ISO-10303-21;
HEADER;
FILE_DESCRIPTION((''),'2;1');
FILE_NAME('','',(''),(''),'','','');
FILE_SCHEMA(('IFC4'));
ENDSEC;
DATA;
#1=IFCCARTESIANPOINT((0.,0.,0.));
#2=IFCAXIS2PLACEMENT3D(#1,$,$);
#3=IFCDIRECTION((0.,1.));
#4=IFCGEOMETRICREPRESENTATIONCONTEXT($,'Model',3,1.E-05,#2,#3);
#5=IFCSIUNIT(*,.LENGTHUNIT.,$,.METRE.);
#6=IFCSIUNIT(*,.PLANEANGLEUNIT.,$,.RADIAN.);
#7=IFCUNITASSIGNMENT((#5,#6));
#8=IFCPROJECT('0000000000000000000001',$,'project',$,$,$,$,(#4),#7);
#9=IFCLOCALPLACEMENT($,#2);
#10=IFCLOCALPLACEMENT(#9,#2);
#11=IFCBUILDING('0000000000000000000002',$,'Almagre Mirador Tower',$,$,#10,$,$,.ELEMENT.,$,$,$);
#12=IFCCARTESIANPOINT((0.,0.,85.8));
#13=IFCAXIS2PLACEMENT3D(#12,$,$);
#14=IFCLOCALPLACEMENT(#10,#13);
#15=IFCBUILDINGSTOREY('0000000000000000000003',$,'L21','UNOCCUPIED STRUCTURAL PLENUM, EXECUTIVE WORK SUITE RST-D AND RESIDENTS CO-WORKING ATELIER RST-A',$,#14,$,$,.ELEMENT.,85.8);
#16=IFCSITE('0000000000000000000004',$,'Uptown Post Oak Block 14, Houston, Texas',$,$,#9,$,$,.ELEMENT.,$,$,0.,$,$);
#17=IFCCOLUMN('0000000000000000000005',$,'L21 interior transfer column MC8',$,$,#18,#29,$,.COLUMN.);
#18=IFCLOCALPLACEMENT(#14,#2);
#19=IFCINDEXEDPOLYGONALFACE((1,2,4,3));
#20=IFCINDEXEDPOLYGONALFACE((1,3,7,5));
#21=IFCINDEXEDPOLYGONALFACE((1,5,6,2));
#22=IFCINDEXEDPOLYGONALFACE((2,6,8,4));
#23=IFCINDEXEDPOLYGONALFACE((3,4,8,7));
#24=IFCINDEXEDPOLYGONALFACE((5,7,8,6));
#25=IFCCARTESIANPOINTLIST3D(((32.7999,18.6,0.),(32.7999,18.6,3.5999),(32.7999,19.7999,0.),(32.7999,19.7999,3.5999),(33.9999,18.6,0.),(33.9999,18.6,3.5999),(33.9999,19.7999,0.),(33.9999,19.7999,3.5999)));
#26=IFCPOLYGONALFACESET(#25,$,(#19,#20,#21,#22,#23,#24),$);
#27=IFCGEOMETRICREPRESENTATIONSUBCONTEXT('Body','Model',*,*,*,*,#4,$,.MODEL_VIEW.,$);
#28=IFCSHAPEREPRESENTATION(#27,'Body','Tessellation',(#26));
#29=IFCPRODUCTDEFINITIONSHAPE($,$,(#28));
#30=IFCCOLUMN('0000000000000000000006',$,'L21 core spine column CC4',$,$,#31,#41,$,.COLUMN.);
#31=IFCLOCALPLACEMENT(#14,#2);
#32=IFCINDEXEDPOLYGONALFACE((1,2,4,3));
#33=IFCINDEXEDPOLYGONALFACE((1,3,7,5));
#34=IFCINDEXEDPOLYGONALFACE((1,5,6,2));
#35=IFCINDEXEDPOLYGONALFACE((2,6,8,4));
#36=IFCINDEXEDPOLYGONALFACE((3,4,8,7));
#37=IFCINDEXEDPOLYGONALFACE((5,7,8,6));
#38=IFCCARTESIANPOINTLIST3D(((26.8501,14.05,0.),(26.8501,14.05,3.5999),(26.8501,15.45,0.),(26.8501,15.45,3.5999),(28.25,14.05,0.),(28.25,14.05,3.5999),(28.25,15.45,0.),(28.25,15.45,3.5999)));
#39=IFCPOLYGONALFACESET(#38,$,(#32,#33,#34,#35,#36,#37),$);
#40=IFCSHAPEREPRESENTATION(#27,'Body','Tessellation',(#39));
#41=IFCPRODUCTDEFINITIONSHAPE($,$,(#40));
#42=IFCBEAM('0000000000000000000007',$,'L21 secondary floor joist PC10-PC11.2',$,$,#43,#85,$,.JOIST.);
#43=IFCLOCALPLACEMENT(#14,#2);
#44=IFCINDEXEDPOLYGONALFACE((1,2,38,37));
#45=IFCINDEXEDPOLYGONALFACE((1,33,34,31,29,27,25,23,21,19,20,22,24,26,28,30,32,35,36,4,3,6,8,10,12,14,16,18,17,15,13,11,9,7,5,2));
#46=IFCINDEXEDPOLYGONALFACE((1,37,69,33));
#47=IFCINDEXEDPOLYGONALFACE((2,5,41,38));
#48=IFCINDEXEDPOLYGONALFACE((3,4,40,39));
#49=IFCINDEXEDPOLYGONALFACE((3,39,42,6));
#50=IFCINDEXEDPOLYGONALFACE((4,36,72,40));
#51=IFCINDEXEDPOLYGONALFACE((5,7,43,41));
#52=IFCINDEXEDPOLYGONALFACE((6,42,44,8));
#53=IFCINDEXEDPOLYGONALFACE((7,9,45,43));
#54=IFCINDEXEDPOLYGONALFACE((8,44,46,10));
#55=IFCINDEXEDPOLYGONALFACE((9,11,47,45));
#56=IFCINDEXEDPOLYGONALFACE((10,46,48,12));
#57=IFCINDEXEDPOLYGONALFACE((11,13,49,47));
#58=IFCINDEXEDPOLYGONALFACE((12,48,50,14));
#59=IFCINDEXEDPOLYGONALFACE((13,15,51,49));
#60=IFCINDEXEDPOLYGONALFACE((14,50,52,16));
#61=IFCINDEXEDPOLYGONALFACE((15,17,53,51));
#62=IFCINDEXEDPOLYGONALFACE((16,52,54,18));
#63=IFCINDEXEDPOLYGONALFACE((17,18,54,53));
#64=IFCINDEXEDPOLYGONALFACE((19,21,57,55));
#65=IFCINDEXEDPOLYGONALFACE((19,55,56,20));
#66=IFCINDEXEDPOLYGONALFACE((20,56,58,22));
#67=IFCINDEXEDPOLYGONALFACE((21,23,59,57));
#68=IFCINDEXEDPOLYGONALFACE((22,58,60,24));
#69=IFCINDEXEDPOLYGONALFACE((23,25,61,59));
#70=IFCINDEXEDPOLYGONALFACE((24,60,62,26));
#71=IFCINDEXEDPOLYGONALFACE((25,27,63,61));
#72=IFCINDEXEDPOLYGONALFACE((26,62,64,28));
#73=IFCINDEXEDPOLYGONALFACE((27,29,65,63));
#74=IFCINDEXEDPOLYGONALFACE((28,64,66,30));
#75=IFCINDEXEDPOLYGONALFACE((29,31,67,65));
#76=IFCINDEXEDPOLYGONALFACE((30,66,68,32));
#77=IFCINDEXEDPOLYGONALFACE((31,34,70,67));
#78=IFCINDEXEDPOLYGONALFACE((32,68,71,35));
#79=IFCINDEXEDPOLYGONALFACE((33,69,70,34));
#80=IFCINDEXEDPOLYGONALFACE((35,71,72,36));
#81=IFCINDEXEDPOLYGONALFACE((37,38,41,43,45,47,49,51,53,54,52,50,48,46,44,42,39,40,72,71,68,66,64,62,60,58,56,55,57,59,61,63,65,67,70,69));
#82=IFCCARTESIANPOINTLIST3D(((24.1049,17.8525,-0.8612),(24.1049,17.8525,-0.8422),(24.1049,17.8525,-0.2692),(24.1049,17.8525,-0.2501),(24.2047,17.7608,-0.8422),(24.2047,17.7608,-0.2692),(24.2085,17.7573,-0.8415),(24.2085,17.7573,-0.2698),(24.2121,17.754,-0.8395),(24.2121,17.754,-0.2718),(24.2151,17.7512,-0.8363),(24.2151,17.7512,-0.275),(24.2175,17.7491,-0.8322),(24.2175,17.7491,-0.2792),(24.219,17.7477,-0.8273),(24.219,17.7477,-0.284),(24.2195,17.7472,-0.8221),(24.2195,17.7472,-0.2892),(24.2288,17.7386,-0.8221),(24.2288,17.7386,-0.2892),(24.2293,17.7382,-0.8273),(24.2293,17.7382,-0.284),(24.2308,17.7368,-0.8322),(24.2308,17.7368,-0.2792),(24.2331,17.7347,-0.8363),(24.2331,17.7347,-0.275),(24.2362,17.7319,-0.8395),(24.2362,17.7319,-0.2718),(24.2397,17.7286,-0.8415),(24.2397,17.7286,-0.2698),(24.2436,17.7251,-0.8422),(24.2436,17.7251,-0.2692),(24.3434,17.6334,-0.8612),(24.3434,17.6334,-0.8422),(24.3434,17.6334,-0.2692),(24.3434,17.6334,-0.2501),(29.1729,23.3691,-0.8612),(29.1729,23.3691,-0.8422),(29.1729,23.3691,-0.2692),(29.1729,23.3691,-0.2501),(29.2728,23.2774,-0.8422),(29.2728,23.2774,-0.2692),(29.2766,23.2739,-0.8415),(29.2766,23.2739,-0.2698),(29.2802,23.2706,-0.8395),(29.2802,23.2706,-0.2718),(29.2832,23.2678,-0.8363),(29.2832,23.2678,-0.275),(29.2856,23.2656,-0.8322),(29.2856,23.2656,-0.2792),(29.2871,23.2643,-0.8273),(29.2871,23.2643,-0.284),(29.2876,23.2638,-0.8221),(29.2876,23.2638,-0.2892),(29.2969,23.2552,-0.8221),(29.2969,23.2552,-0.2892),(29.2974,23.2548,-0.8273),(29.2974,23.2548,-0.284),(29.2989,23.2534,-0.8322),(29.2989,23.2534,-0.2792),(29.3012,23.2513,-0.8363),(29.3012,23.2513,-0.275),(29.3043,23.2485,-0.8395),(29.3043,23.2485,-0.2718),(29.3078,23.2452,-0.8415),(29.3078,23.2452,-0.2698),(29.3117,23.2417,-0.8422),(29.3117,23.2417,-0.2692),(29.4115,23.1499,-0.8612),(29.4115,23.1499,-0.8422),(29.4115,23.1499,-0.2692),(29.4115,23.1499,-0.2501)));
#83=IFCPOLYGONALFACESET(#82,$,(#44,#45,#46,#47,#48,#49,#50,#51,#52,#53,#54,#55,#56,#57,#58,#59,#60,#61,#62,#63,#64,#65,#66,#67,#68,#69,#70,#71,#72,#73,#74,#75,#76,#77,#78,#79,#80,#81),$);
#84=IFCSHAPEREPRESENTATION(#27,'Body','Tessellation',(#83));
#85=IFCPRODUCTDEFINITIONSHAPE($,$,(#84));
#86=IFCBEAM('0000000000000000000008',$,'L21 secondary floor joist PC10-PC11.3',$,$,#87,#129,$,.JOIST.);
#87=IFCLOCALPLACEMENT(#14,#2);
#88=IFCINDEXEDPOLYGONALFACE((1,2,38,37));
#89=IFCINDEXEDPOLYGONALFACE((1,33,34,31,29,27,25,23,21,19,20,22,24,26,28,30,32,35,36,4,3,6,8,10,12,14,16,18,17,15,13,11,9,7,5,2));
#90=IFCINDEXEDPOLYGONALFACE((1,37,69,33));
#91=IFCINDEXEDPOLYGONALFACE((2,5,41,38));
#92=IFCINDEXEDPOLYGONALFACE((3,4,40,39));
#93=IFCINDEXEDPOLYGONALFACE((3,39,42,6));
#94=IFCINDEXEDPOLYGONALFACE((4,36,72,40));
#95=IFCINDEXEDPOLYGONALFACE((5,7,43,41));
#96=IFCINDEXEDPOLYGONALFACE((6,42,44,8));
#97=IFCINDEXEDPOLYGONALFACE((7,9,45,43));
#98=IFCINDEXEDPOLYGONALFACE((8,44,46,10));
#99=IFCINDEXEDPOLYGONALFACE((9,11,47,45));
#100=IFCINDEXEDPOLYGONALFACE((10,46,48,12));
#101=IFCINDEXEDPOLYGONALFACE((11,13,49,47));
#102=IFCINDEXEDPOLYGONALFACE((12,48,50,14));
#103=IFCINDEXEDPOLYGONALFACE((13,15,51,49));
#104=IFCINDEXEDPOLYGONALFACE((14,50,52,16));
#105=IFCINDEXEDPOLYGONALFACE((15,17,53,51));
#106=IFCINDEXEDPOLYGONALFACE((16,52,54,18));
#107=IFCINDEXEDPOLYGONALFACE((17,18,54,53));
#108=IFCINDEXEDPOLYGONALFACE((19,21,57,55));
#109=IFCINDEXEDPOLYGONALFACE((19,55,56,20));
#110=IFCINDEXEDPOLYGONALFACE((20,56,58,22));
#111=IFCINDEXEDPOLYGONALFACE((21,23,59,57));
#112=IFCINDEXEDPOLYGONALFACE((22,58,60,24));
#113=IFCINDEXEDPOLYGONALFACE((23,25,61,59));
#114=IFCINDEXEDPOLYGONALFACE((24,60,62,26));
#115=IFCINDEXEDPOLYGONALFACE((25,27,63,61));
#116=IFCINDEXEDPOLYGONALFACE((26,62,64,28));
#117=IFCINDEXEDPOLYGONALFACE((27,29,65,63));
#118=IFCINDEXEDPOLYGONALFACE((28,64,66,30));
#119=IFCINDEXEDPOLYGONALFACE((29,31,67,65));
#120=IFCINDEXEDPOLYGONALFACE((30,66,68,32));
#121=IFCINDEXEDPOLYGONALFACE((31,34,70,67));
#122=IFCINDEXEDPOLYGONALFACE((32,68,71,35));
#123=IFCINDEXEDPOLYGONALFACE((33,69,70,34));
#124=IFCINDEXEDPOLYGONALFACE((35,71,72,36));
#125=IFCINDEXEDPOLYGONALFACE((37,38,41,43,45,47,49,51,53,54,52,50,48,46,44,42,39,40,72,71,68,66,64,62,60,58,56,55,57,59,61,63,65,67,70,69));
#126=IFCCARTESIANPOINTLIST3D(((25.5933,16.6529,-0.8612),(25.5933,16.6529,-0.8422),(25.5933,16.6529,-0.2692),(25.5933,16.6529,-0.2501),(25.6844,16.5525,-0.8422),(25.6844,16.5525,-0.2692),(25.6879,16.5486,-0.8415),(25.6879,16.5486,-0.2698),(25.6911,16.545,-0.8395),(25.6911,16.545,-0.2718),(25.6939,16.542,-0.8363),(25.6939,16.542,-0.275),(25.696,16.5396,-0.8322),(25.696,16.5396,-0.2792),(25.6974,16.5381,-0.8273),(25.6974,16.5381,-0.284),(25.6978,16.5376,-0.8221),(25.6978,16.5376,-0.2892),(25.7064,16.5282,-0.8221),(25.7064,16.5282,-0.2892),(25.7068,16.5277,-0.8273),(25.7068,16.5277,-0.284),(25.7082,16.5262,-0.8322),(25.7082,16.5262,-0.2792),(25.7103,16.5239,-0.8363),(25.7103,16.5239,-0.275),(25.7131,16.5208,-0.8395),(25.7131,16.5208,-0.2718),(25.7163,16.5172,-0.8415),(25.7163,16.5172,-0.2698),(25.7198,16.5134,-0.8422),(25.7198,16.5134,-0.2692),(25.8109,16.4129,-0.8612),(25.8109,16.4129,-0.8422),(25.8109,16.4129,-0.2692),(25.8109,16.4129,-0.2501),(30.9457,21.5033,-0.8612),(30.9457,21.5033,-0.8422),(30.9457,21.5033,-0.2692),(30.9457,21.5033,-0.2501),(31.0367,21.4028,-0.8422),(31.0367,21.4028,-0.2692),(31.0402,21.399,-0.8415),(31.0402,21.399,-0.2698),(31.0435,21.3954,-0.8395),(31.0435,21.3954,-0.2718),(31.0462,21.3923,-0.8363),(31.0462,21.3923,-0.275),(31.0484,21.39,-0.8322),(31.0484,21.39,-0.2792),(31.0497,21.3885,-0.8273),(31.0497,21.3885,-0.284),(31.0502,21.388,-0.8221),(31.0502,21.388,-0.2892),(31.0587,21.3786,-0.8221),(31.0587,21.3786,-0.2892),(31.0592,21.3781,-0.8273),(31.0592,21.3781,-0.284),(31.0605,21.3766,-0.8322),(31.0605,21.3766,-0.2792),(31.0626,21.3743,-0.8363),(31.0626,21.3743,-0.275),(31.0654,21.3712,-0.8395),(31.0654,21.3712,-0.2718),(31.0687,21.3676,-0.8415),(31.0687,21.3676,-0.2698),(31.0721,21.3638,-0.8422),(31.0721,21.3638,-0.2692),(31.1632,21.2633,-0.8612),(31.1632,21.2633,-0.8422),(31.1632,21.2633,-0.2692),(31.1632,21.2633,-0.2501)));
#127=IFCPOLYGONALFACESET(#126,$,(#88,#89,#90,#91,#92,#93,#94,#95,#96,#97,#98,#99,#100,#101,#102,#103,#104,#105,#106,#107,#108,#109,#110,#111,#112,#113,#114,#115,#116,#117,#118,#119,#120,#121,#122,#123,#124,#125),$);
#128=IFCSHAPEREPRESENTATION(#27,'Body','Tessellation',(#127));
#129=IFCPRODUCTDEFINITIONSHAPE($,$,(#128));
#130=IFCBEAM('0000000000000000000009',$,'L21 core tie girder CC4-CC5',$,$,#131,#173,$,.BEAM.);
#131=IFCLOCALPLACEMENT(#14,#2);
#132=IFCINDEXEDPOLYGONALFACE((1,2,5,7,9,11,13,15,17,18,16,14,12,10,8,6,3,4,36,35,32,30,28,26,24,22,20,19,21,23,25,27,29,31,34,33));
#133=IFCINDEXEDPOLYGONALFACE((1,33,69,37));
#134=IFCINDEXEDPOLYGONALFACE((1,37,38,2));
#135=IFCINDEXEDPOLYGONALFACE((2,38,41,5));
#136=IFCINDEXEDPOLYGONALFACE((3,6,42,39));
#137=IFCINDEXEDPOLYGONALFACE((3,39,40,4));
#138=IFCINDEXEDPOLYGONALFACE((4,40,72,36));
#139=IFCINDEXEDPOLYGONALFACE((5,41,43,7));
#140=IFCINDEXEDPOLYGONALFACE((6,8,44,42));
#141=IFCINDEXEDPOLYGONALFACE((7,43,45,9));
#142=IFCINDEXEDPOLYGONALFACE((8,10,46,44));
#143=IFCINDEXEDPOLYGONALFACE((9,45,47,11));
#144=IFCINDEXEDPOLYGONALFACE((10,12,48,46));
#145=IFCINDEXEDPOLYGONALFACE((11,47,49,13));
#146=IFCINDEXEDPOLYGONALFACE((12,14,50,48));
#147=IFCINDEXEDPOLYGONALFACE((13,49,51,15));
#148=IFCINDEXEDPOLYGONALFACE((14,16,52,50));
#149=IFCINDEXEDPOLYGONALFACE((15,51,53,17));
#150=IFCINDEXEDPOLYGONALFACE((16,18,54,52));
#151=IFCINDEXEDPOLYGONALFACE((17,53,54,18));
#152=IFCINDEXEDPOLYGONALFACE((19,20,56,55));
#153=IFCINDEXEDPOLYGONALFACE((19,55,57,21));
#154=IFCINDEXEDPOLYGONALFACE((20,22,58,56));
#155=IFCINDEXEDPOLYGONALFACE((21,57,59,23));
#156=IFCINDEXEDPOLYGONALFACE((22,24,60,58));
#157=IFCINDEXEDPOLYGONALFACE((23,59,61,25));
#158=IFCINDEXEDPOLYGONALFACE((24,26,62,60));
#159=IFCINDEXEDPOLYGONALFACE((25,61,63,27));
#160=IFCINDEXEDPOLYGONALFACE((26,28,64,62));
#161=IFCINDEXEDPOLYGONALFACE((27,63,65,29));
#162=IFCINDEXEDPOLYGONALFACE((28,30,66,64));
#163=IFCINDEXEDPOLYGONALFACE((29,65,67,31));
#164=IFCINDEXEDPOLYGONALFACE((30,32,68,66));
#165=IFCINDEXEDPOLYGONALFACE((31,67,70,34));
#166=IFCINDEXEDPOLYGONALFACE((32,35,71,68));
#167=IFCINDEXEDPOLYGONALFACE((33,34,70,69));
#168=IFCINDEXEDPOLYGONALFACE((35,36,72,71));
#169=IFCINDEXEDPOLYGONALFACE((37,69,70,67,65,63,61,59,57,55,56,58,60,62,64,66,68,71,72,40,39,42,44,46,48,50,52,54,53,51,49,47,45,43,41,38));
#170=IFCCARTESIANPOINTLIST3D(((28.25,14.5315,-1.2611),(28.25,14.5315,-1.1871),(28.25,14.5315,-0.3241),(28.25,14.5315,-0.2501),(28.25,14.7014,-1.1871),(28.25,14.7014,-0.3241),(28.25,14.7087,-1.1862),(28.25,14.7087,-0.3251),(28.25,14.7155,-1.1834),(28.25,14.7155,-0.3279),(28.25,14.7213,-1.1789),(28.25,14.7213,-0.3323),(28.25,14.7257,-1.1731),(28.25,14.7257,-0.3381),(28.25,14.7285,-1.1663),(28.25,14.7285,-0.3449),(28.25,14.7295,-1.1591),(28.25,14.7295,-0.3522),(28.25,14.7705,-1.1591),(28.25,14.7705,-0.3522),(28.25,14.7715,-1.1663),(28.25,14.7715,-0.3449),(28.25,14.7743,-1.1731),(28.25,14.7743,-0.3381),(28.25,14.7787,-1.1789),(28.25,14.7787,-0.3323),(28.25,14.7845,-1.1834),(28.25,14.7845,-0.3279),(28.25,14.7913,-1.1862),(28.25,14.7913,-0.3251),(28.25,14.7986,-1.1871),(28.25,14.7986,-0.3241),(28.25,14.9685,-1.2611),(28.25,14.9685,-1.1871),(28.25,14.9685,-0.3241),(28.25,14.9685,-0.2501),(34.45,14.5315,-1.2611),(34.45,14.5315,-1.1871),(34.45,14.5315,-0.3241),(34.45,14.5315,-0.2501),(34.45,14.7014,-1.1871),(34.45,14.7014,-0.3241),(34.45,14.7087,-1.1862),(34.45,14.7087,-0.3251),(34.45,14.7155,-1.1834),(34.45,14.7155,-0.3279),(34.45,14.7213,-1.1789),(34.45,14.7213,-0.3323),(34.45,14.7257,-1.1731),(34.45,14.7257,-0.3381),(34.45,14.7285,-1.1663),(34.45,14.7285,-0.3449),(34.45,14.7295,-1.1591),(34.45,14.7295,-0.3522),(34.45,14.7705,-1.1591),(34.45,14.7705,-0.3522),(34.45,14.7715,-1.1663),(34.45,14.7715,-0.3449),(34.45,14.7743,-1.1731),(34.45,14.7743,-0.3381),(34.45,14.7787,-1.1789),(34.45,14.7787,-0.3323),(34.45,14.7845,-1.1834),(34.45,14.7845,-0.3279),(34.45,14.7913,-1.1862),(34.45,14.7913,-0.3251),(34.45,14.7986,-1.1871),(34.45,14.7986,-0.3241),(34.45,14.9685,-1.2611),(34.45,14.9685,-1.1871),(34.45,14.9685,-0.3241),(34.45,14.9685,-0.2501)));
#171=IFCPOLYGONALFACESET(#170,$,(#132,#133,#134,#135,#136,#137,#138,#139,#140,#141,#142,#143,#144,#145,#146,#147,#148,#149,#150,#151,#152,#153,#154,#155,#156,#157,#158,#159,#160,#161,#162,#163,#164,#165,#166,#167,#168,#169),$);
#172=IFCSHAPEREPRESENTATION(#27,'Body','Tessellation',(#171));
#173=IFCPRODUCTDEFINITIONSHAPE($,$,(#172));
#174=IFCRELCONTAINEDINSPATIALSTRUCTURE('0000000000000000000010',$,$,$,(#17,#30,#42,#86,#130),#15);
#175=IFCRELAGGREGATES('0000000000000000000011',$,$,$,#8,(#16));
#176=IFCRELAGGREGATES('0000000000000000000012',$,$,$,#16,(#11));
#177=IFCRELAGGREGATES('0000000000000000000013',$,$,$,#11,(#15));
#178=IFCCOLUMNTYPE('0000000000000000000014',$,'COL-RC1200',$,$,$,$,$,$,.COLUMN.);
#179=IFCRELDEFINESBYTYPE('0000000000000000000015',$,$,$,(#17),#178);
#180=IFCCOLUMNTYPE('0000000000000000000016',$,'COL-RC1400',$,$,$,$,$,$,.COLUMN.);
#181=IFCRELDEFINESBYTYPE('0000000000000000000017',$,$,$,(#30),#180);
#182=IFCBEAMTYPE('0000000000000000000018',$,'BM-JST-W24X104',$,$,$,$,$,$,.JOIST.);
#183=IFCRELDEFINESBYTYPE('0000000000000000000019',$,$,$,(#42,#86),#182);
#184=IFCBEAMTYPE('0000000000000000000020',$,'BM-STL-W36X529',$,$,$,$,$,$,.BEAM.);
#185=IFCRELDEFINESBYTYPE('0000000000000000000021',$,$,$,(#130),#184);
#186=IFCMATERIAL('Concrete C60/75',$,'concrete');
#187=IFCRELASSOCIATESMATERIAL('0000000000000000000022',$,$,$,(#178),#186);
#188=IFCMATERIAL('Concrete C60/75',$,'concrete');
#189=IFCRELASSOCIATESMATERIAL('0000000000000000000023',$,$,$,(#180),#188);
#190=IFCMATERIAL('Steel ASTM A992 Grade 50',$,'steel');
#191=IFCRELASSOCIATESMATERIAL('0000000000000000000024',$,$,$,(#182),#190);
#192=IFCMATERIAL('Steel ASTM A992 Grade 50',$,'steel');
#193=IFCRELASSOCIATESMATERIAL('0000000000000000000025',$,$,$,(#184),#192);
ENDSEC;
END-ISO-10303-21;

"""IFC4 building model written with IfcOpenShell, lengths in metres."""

from ifc_helpers import new_model, si_unit, direction, frame, origin, origin_2d, place, context, subcontext, project, spatial, rectangle, i_section, extrude, material, material_profile, profile_set, type_object, element, save


model = new_model("IFC4")

# Units and contexts
model_context = context("Model", 3, precision=1e-05, world=origin(), true_north=direction((0.0, 1.0)))
body_context = subcontext(model_context, "Body", "Model", "MODEL_VIEW")
ifc_project = project(units=[si_unit("LENGTHUNIT", "METRE"), si_unit("PLANEANGLEUNIT", "RADIAN")], contexts=[model_context])

# Site, building, storey
site_placement = place(None, origin())
site = spatial("IfcSite", under=ifc_project, at=site_placement, Name="Uptown Post Oak Block 14, Houston, Texas", CompositionType="ELEMENT", RefElevation=0.0)
building_placement = place(site_placement, origin())
building = spatial("IfcBuilding", under=site, at=building_placement, Name="Almagre Mirador Tower", CompositionType="ELEMENT")
storey_placement = place(building_placement, frame((0.0, 0.0, 85.8)))
storey = spatial("IfcBuildingStorey", under=building, at=storey_placement, Name="L21", Description="UNOCCUPIED STRUCTURAL PLENUM, EXECUTIVE WORK SUITE RST-D AND RESIDENTS CO-WORKING ATELIER RST-A", CompositionType="ELEMENT", Elevation=85.8)

# Columns
ifc_material_1 = material(Name="Concrete C60/75", Category="concrete")
ifc_material_profile_1 = material_profile(ifc_material_1, rectangle(XDim=1.2, YDim=1.2, at=origin_2d()), Name="RC1200X1200")
ifc_profile_set_1 = profile_set([ifc_material_profile_1], Name="Concrete C60/75")
column_type_1 = type_object("IfcColumnType", Name="COL-RC1200", PredefinedType="COLUMN", material=ifc_profile_set_1)
column_1_placement = place(storey_placement, frame((33.3999, 19.2, 0.0), z_axis=(0.0, 0.0, 1.0), x_axis=(1.0, 0.0, 0.0)))
element("IfcColumn", 1, at=column_1_placement, inside=storey, type_object=column_type_1, Name="L21 interior transfer column MC8", PredefinedType="COLUMN", context=body_context, shape_type="SweptSolid", body=[
    extrude(rectangle(XDim=1.2, YDim=1.2, at=origin_2d()), origin(), (0.0, 0.0, 1.0), 3.5999),
])
ifc_material_2 = material(Name="Concrete C60/75", Category="concrete")
ifc_material_profile_2 = material_profile(ifc_material_2, rectangle(XDim=1.3999, YDim=1.3999, at=origin_2d()), Name="RC1400X1400")
ifc_profile_set_2 = profile_set([ifc_material_profile_2], Name="Concrete C60/75")
column_type_2 = type_object("IfcColumnType", Name="COL-RC1400", PredefinedType="COLUMN", material=ifc_profile_set_2)
column_2_placement = place(storey_placement, frame((27.55, 14.75, 0.0), z_axis=(0.0, 0.0, 1.0), x_axis=(1.0, 0.0, 0.0)))
element("IfcColumn", 2, at=column_2_placement, inside=storey, type_object=column_type_2, Name="L21 core spine column CC4", PredefinedType="COLUMN", context=body_context, shape_type="SweptSolid", body=[
    extrude(rectangle(XDim=1.3999, YDim=1.3999, at=origin_2d()), origin(), (0.0, 0.0, 1.0), 3.5999),
])

# Beams
ifc_material_3 = material(Name="Steel ASTM A992 Grade 50", Category="steel")
ifc_material_profile_3 = material_profile(ifc_material_3, i_section(OverallWidth=0.324, OverallDepth=0.6111, WebThickness=0.0127, FlangeThickness=0.019, FilletRadius=0.02, at=origin_2d()), Name="W24X104")
ifc_profile_set_3 = profile_set([ifc_material_profile_3], Name="Steel ASTM A992 Grade 50")
beam_type_1 = type_object("IfcBeamType", Name="BM-JST-W24X104", PredefinedType="JOIST", material=ifc_profile_set_3)
beam_1_placement = place(storey_placement, frame((29.2922, 23.2595, -0.5557), z_axis=(-0.676539, -0.736407, 0.0), x_axis=(0.736407, -0.676539, 0.0)))
element("IfcBeam", 3, at=beam_1_placement, inside=storey, type_object=beam_type_1, Name="L21 secondary floor joist PC10-PC11.2", PredefinedType="JOIST", context=body_context, shape_type="SweptSolid", body=[
    extrude(i_section(OverallWidth=0.324, OverallDepth=0.6111, WebThickness=0.0127, FlangeThickness=0.019, FilletRadius=0.02, at=origin_2d()), origin(), (0.0, 0.0, 1.0), 7.4912),
])
beam_2_placement = place(storey_placement, frame((31.0544, 21.3833, -0.5557), z_axis=(-0.740999, -0.671506, 0.0), x_axis=(0.671506, -0.740999, 0.0)))
element("IfcBeam", 4, at=beam_2_placement, inside=storey, type_object=beam_type_1, Name="L21 secondary floor joist PC10-PC11.3", PredefinedType="JOIST", context=body_context, shape_type="SweptSolid", body=[
    extrude(i_section(OverallWidth=0.324, OverallDepth=0.6111, WebThickness=0.0127, FlangeThickness=0.019, FilletRadius=0.02, at=origin_2d()), origin(), (0.0, 0.0, 1.0), 7.2231),
])
ifc_material_4 = material(Name="Steel ASTM A992 Grade 50", Category="steel")
ifc_material_profile_4 = material_profile(ifc_material_4, i_section(OverallWidth=0.437, OverallDepth=1.011, WebThickness=0.041, FlangeThickness=0.074, FilletRadius=0.0281, at=origin_2d()), Name="W36X529")
ifc_profile_set_4 = profile_set([ifc_material_profile_4], Name="Steel ASTM A992 Grade 50")
beam_type_2 = type_object("IfcBeamType", Name="BM-STL-W36X529", PredefinedType="BEAM", material=ifc_profile_set_4)
beam_3_placement = place(storey_placement, frame((28.25, 14.75, -0.7556), z_axis=(1.0, 0.0, 0.0), x_axis=(0.0, 1.0, 0.0)))
element("IfcBeam", 5, at=beam_3_placement, inside=storey, type_object=beam_type_2, Name="L21 core tie girder CC4-CC5", PredefinedType="BEAM", context=body_context, shape_type="SweptSolid", body=[
    extrude(i_section(OverallWidth=0.437, OverallDepth=1.011, WebThickness=0.041, FlangeThickness=0.074, FilletRadius=0.0281, at=origin_2d()), origin(), (0.0, 0.0, 1.0), 6.2),
])

save(model, "model.ifc")
